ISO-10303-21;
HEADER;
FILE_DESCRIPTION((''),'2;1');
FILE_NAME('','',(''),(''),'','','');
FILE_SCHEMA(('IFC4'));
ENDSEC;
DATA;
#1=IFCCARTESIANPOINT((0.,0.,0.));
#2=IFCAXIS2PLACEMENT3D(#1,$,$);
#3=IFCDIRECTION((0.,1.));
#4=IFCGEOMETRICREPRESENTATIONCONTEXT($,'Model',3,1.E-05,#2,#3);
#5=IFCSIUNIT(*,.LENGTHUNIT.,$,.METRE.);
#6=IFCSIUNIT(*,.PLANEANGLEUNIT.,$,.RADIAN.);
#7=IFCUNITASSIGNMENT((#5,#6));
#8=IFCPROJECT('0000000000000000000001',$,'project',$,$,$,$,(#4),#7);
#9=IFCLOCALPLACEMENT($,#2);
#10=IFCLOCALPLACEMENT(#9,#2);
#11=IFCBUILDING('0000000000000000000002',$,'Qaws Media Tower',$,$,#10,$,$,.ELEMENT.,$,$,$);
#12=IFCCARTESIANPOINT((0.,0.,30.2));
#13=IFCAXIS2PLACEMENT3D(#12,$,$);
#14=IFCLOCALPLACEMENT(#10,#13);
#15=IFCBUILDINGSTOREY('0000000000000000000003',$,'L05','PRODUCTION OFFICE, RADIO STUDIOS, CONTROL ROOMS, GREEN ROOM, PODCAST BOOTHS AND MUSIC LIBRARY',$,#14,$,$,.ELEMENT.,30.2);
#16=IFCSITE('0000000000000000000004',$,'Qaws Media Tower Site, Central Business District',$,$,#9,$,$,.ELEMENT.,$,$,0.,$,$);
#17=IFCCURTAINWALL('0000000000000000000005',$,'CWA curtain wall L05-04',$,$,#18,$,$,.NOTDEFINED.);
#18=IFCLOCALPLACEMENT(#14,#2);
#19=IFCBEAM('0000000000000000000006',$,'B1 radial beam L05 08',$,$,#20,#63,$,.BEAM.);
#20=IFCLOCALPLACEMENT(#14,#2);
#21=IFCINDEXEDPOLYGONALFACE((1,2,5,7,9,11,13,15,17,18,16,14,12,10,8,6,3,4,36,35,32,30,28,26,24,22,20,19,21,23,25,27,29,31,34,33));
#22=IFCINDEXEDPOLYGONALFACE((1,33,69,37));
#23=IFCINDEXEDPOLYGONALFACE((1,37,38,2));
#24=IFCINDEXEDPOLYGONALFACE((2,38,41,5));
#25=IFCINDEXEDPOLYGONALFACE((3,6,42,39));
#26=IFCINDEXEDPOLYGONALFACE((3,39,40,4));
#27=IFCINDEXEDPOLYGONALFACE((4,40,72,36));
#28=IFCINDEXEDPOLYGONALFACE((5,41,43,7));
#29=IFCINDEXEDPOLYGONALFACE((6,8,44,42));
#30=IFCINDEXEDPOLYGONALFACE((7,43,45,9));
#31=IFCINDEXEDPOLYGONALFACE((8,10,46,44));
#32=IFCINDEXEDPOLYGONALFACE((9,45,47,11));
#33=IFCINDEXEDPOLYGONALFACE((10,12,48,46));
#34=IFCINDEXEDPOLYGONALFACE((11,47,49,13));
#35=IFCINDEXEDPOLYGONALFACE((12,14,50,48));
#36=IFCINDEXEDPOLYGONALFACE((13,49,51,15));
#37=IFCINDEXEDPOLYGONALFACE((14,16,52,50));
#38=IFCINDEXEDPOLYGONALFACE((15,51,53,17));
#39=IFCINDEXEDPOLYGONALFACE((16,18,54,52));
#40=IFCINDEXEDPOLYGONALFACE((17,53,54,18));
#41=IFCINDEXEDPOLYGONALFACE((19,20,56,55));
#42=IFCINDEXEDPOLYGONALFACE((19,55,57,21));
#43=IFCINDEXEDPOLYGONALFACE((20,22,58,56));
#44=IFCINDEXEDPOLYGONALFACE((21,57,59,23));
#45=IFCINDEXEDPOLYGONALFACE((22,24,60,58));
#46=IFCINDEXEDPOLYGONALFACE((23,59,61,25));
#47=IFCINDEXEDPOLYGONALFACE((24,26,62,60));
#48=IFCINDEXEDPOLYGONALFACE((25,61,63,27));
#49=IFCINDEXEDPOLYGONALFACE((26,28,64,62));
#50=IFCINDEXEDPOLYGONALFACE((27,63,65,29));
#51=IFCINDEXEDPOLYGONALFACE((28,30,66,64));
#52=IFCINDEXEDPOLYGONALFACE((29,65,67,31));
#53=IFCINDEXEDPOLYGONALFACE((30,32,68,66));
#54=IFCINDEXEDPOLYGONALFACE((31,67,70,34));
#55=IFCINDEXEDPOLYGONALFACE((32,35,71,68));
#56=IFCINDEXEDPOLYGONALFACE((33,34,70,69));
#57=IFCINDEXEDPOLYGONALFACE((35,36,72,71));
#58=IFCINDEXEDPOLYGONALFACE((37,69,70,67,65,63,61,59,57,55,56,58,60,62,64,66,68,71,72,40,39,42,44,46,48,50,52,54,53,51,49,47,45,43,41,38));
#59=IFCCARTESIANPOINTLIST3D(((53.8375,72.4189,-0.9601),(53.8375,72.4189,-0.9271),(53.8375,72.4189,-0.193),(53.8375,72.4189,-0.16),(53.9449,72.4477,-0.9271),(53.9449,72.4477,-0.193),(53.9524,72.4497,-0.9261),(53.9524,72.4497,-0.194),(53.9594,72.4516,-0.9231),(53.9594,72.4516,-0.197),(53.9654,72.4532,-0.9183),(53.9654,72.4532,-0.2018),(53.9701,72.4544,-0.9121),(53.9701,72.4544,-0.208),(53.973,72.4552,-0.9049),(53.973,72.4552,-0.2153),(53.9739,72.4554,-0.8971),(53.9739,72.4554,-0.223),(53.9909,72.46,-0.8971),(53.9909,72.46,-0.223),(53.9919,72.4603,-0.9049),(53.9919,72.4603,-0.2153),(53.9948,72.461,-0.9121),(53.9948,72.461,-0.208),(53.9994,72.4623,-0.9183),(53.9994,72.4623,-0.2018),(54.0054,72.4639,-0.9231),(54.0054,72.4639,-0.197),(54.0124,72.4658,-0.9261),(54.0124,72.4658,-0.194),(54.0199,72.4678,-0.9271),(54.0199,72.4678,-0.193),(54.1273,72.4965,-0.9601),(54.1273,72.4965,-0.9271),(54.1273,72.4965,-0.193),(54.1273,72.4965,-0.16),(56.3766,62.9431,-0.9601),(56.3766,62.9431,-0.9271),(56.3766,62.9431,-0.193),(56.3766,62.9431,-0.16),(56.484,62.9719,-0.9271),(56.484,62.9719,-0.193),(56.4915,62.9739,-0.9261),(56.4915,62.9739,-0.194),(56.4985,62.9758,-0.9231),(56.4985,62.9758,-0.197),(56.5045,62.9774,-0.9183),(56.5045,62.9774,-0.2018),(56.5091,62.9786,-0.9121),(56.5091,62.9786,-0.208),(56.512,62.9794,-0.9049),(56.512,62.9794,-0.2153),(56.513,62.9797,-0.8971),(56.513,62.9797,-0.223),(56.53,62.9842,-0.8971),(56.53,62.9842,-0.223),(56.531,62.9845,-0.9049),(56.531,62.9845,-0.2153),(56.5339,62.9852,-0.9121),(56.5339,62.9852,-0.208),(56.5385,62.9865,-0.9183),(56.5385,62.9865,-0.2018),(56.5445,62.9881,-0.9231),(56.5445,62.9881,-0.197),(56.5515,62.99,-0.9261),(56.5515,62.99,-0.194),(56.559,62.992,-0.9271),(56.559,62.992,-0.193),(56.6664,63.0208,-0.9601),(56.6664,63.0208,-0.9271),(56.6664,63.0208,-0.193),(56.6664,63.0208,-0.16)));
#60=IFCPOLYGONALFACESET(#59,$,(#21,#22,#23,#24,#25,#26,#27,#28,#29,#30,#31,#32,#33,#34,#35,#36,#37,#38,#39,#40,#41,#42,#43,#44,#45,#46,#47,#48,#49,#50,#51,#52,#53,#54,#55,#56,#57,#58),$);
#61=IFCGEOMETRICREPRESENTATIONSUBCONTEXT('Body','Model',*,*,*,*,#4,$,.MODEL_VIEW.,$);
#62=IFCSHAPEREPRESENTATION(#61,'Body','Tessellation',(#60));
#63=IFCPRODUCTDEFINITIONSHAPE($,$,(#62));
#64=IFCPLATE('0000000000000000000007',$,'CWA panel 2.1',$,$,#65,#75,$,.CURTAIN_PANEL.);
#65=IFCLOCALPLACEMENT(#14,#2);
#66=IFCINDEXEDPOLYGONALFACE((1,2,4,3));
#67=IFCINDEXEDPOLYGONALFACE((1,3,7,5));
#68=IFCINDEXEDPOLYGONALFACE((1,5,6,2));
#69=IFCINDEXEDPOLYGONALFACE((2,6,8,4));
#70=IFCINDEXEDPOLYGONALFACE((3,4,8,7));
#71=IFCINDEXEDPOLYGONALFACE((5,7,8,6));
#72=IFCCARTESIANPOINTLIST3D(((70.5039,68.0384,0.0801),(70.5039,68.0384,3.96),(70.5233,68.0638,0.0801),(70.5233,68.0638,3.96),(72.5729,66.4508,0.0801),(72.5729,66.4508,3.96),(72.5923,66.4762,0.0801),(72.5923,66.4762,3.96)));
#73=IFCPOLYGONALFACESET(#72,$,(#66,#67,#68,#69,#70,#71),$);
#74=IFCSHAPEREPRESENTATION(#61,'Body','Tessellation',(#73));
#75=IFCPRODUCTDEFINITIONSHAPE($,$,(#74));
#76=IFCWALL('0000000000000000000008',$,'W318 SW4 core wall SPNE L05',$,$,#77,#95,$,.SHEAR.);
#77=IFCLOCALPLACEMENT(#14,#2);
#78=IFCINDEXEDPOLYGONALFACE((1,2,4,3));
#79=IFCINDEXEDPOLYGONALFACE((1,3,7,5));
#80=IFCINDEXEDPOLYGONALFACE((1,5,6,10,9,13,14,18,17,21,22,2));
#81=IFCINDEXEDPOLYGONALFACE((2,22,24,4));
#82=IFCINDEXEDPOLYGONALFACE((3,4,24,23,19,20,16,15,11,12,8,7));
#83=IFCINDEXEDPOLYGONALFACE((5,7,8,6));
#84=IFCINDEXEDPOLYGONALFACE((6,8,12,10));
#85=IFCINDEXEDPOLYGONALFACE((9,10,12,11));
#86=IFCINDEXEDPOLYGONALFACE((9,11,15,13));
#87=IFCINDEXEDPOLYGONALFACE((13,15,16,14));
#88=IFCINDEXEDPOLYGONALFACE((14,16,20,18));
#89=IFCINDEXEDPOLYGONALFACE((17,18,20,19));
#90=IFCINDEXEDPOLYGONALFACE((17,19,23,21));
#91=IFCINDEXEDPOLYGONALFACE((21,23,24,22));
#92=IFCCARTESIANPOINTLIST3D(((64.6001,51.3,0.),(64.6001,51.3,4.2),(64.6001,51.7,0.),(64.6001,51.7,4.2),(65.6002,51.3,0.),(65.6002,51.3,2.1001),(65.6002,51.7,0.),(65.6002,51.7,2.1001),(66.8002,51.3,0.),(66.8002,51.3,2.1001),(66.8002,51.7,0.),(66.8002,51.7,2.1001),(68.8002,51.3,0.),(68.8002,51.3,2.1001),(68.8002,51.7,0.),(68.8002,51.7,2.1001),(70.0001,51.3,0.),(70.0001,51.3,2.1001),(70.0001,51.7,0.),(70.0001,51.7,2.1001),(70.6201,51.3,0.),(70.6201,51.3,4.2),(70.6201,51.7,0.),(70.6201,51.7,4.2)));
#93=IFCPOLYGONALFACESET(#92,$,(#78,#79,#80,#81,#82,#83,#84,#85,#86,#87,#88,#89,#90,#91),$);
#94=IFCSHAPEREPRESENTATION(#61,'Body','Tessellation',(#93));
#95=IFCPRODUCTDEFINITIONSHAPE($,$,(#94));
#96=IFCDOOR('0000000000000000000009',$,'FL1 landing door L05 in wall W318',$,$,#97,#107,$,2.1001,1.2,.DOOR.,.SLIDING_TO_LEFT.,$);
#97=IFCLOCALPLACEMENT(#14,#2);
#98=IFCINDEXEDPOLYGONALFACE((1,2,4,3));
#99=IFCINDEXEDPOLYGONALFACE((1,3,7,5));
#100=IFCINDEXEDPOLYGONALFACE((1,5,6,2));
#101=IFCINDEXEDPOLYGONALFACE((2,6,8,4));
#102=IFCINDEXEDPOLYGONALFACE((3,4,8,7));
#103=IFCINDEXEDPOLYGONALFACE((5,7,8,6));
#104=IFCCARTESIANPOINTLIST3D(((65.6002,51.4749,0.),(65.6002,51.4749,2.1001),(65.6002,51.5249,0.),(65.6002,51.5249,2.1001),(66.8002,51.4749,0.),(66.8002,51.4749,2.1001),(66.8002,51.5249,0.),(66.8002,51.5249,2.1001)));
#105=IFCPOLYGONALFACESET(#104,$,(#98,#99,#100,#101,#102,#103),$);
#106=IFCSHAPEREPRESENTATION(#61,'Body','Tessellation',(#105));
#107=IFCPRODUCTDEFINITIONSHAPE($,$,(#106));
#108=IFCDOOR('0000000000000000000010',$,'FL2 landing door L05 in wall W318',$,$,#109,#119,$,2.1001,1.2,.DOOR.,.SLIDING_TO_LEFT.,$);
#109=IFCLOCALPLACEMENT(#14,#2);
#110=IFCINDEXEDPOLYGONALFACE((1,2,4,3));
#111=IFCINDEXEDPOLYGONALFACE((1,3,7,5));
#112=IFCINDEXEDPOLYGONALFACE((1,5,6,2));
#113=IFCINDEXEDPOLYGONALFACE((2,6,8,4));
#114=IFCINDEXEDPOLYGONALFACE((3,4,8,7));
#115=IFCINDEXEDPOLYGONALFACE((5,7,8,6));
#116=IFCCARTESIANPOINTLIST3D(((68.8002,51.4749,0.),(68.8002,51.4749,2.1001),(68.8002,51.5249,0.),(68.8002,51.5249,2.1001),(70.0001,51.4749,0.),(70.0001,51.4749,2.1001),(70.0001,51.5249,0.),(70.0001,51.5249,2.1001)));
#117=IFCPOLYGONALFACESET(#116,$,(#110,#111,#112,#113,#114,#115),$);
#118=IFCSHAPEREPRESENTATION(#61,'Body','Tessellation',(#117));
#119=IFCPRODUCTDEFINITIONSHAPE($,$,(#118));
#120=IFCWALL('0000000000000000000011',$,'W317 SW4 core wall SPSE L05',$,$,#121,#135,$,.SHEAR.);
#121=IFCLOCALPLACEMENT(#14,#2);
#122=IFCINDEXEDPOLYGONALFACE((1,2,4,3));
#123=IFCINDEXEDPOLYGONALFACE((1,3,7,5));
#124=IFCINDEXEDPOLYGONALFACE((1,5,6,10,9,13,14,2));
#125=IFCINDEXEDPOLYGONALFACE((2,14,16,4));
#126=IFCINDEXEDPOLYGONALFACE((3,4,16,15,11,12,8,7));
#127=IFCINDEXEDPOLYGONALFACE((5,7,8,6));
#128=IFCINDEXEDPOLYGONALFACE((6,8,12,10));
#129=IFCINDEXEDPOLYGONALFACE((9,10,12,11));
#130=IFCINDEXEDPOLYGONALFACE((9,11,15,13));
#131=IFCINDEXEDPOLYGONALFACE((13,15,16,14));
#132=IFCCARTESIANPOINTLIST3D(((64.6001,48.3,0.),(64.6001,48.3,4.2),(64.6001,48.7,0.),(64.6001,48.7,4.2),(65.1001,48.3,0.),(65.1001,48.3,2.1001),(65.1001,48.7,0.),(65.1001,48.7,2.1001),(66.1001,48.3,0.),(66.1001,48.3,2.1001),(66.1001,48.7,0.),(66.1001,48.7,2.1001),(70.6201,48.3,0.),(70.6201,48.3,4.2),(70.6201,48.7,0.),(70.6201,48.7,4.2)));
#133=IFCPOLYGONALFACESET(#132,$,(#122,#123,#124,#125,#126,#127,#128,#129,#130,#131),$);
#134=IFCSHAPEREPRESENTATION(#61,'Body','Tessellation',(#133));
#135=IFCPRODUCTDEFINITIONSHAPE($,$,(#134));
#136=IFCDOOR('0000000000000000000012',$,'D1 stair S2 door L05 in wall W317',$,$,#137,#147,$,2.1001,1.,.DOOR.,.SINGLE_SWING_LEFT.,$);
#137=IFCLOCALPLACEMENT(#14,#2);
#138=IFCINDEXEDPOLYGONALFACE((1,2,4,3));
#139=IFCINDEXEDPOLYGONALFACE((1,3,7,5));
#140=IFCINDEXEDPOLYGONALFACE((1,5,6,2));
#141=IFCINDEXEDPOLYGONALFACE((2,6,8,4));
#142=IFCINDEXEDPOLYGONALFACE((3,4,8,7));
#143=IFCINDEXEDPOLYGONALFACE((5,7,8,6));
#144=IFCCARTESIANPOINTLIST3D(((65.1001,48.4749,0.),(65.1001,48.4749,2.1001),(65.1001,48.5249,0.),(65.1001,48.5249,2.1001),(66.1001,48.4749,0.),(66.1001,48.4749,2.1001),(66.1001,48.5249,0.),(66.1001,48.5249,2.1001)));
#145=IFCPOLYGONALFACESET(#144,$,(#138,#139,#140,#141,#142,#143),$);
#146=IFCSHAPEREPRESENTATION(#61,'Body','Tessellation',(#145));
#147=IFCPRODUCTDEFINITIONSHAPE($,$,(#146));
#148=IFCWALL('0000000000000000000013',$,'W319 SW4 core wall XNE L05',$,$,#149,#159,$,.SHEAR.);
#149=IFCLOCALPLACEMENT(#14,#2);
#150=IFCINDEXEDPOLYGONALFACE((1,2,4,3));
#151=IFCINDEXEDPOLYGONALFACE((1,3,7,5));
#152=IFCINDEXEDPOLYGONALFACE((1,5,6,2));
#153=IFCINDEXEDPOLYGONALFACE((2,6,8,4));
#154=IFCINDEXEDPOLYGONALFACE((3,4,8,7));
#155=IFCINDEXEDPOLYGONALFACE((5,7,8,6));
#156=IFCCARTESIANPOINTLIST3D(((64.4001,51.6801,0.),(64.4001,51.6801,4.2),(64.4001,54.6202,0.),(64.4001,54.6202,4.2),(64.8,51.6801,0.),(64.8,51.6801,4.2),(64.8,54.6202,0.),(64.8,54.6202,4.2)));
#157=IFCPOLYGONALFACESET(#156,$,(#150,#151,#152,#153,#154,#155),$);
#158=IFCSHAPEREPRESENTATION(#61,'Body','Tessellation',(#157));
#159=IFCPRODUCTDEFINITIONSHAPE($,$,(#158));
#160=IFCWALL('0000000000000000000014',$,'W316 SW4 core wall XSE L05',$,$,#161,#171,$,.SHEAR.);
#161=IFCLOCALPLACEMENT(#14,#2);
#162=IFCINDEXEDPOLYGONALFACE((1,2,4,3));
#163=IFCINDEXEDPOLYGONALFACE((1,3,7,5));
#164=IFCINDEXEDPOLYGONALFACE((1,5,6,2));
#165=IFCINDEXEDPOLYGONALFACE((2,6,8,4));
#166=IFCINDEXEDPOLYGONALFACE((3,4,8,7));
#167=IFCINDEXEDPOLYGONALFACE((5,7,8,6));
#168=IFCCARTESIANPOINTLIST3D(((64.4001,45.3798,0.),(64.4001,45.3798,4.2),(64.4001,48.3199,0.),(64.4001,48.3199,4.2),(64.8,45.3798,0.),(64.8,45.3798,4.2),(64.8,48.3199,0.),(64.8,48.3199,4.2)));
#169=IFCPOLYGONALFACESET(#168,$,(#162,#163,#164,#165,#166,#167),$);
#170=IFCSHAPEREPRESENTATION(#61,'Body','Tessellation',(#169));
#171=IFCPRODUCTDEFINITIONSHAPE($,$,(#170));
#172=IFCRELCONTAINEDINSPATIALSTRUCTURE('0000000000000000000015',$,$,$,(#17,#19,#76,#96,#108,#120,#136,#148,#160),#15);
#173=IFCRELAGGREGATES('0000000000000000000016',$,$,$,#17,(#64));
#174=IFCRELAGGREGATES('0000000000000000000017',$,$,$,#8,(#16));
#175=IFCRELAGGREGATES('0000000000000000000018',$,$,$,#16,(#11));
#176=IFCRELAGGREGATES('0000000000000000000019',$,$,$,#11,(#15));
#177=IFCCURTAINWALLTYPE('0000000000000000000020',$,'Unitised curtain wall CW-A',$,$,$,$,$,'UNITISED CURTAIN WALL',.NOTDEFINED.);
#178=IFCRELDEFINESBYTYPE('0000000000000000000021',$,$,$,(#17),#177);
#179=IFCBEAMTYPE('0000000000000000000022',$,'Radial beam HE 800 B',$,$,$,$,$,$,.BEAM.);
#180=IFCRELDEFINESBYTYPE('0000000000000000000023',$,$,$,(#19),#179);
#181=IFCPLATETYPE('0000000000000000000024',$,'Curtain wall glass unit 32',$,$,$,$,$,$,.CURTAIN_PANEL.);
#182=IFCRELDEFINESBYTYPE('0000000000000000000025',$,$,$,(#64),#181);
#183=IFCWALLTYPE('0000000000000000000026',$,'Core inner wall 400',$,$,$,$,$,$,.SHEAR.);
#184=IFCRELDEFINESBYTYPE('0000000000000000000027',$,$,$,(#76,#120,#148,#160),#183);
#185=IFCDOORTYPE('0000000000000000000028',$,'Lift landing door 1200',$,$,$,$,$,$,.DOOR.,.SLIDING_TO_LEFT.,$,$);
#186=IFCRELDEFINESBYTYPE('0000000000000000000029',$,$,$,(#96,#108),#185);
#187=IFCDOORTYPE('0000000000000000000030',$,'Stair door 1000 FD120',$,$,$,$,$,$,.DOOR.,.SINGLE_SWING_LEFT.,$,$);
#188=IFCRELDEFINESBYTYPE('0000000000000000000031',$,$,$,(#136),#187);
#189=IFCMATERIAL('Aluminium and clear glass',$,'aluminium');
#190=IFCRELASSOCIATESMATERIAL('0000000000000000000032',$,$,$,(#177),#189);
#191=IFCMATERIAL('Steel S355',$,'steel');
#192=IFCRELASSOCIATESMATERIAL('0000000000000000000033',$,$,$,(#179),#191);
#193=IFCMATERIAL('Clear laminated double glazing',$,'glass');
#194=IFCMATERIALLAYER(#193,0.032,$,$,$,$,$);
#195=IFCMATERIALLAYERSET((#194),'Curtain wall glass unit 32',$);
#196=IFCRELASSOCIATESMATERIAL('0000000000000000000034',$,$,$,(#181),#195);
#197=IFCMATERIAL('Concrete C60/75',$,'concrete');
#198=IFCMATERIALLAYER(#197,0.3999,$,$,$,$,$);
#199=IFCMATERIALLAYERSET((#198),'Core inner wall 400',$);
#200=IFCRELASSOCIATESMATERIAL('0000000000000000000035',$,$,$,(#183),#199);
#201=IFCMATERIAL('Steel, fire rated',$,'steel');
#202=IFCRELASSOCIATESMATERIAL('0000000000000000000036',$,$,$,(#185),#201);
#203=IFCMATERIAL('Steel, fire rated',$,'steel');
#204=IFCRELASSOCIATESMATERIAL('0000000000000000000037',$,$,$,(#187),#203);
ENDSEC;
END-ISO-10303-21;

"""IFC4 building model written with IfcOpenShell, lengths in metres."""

from ifc_helpers import new_model, si_unit, direction, frame, frame_2d, origin, origin_2d, place, context, subcontext, project, spatial, rectangle, i_section, extrude, material, layer, layer_set, material_profile, profile_set, type_object, element, fill, aggregate, save


model = new_model("IFC4")

# Units and contexts
model_context = context("Model", 3, precision=1e-05, world=origin(), true_north=direction((0.0, 1.0)))
body_context = subcontext(model_context, "Body", "Model", "MODEL_VIEW")
ifc_project = project(units=[si_unit("LENGTHUNIT", "METRE"), si_unit("PLANEANGLEUNIT", "RADIAN")], contexts=[model_context])

# Site, building, storey
site_placement = place(None, origin())
site = spatial("IfcSite", under=ifc_project, at=site_placement, Name="Qaws Media Tower Site, Central Business District", CompositionType="ELEMENT", RefElevation=0.0)
building_placement = place(site_placement, origin())
building = spatial("IfcBuilding", under=site, at=building_placement, Name="Qaws Media Tower", CompositionType="ELEMENT")
storey_placement = place(building_placement, frame((0.0, 0.0, 30.2)))
storey = spatial("IfcBuildingStorey", under=building, at=storey_placement, Name="L05", Description="PRODUCTION OFFICE, RADIO STUDIOS, CONTROL ROOMS, GREEN ROOM, PODCAST BOOTHS AND MUSIC LIBRARY", CompositionType="ELEMENT", Elevation=30.2)

# Curtain wall
ifc_material_1 = material(Name="Aluminium and clear glass", Category="aluminium")
curtain_wall_type = type_object("IfcCurtainWallType", Name="Unitised curtain wall CW-A", ElementType="UNITISED CURTAIN WALL", PredefinedType="NOTDEFINED", material=ifc_material_1)
curtain_wall_placement = place(storey_placement, origin())
curtain_wall = element("IfcCurtainWall", 1, at=curtain_wall_placement, inside=storey, type_object=curtain_wall_type, Name="CWA curtain wall L05-04", PredefinedType="NOTDEFINED")

# Beam
ifc_material_2 = material(Name="Steel S355", Category="steel")
ifc_material_profile_1 = material_profile(ifc_material_2, i_section(OverallWidth=0.3, OverallDepth=0.8, WebThickness=0.0176, FlangeThickness=0.033, FilletRadius=0.03, at=origin_2d()), Name="HE 800 B")
ifc_profile_set_1 = profile_set([ifc_material_profile_1], Name="Steel S355")
beam_type_1 = type_object("IfcBeamType", Name="Radial beam HE 800 B", PredefinedType="BEAM", material=ifc_profile_set_1)
beam_1_placement = place(storey_placement, frame((56.5215, 62.9819, -0.5601), z_axis=(-0.258821, 0.965925, 0.0), x_axis=(-0.965925, -0.258821, 0.0)))
element("IfcBeam", 2, at=beam_1_placement, inside=storey, type_object=beam_type_1, Name="B1 radial beam L05 08", PredefinedType="BEAM", context=body_context, shape_type="SweptSolid", body=[
    extrude(i_section(OverallWidth=0.3, OverallDepth=0.8, WebThickness=0.0176, FlangeThickness=0.033, FilletRadius=0.03, at=origin_2d()), origin(), (0.0, 0.0, 1.0), 9.8101),
])

# Plate
ifc_material_3 = material(Name="Clear laminated double glazing", Category="glass")
ifc_layer_1 = layer(ifc_material_3, 0.032)
ifc_layer_set_1 = layer_set([ifc_layer_1], Name="Curtain wall glass unit 32")
plate_type = type_object("IfcPlateType", Name="Curtain wall glass unit 32", PredefinedType="CURTAIN_PANEL", material=ifc_layer_set_1)
plate_placement = place(storey_placement, frame((71.5481, 67.2573, 0.0801), z_axis=(0.0, 0.0, 1.0), x_axis=(-0.793353, 0.608761, 0.0)))
plate = element("IfcPlate", 3, at=plate_placement, type_object=plate_type, Name="CWA panel 2.1", PredefinedType="CURTAIN_PANEL", context=body_context, shape_type="SweptSolid", body=[
    extrude(rectangle(XDim=2.6079, YDim=0.032, at=origin_2d()), origin(), (0.0, 0.0, 1.0), 3.8799),
])
aggregate(curtain_wall, [plate])

# Wall, openings, doors
ifc_material_4 = material(Name="Concrete C60/75", Category="concrete")
ifc_layer_2 = layer(ifc_material_4, 0.3999)
ifc_layer_set_2 = layer_set([ifc_layer_2], Name="Core inner wall 400")
wall_type_1 = type_object("IfcWallType", Name="Core inner wall 400", PredefinedType="SHEAR", material=ifc_layer_set_2)
wall_1_placement = place(storey_placement, frame((64.6001, 51.5, 0.0), z_axis=(0.0, 0.0, 1.0), x_axis=(1.0, 0.0, 0.0)))
wall_1 = element("IfcWall", 4, at=wall_1_placement, inside=storey, type_object=wall_type_1, Name="W318 SW4 core wall SPNE L05", PredefinedType="SHEAR", context=body_context, shape_type="SweptSolid", body=[
    extrude(rectangle(XDim=6.02, YDim=0.3999, at=frame_2d((3.01, 0.0))), origin(), (0.0, 0.0, 1.0), 4.2),
])
opening_1_placement = place(wall_1_placement, frame((1.0, 0.0, 0.0)))
opening_1 = element("IfcOpeningElement", 5, at=opening_1_placement, cuts=wall_1, PredefinedType="OPENING", context=body_context, shape_type="SweptSolid", body=[
    extrude(rectangle(XDim=1.2, YDim=2.1001, at=frame_2d((0.6001, 1.05))), frame((0.0, 0.21, 0.0), z_axis=(0.0, -1.0, 0.0), x_axis=(1.0, 0.0, 0.0)), (0.0, 0.0, 1.0), 0.4199),
])
opening_2_placement = place(wall_1_placement, frame((4.2, 0.0, 0.0)))
opening_2 = element("IfcOpeningElement", 6, at=opening_2_placement, cuts=wall_1, PredefinedType="OPENING", context=body_context, shape_type="SweptSolid", body=[
    extrude(rectangle(XDim=1.2, YDim=2.1001, at=frame_2d((0.6001, 1.05))), frame((0.0, 0.21, 0.0), z_axis=(0.0, -1.0, 0.0), x_axis=(1.0, 0.0, 0.0)), (0.0, 0.0, 1.0), 0.4199),
])
ifc_material_5 = material(Name="Steel, fire rated", Category="steel")
door_type_1 = type_object("IfcDoorType", Name="Lift landing door 1200", OperationType="SLIDING_TO_LEFT", PredefinedType="DOOR", material=ifc_material_5)
door_1_placement = place(opening_1_placement, origin())
door_1 = element("IfcDoor", 7, at=door_1_placement, inside=storey, type_object=door_type_1, Name="FL1 landing door L05 in wall W318", OperationType="SLIDING_TO_LEFT", OverallHeight=2.1001, OverallWidth=1.2, PredefinedType="DOOR", context=body_context, shape_type="SweptSolid", body=[
    extrude(rectangle(XDim=1.2, YDim=2.1001, at=frame_2d((0.6001, 1.05))), frame((0.0, 0.0249, 0.0), z_axis=(0.0, -1.0, 0.0), x_axis=(1.0, 0.0, 0.0)), (0.0, 0.0, 1.0), 0.05),
])
fill(opening_1, door_1)
door_2_placement = place(opening_2_placement, origin())
door_2 = element("IfcDoor", 8, at=door_2_placement, inside=storey, type_object=door_type_1, Name="FL2 landing door L05 in wall W318", OperationType="SLIDING_TO_LEFT", OverallHeight=2.1001, OverallWidth=1.2, PredefinedType="DOOR", context=body_context, shape_type="SweptSolid", body=[
    extrude(rectangle(XDim=1.2, YDim=2.1001, at=frame_2d((0.6001, 1.05))), frame((0.0, 0.0249, 0.0), z_axis=(0.0, -1.0, 0.0), x_axis=(1.0, 0.0, 0.0)), (0.0, 0.0, 1.0), 0.05),
])
fill(opening_2, door_2)

# Wall, opening, door
wall_2_placement = place(storey_placement, frame((64.6001, 48.5, 0.0), z_axis=(0.0, 0.0, 1.0), x_axis=(1.0, 0.0, 0.0)))
wall_2 = element("IfcWall", 9, at=wall_2_placement, inside=storey, type_object=wall_type_1, Name="W317 SW4 core wall SPSE L05", PredefinedType="SHEAR", context=body_context, shape_type="SweptSolid", body=[
    extrude(rectangle(XDim=6.02, YDim=0.3999, at=frame_2d((3.01, 0.0))), origin(), (0.0, 0.0, 1.0), 4.2),
])
opening_3_placement = place(wall_2_placement, frame((0.5, 0.0, 0.0)))
opening_3 = element("IfcOpeningElement", 10, at=opening_3_placement, cuts=wall_2, PredefinedType="OPENING", context=body_context, shape_type="SweptSolid", body=[
    extrude(rectangle(XDim=1.0, YDim=2.1001, at=frame_2d((0.5, 1.05))), frame((0.0, 0.21, 0.0), z_axis=(0.0, -1.0, 0.0), x_axis=(1.0, 0.0, 0.0)), (0.0, 0.0, 1.0), 0.4199),
])
ifc_material_6 = material(Name="Steel, fire rated", Category="steel")
door_type_2 = type_object("IfcDoorType", Name="Stair door 1000 FD120", OperationType="SINGLE_SWING_LEFT", PredefinedType="DOOR", material=ifc_material_6)
door_3_placement = place(opening_3_placement, origin())
door_3 = element("IfcDoor", 11, at=door_3_placement, inside=storey, type_object=door_type_2, Name="D1 stair S2 door L05 in wall W317", OperationType="SINGLE_SWING_LEFT", OverallHeight=2.1001, OverallWidth=1.0, PredefinedType="DOOR", context=body_context, shape_type="SweptSolid", body=[
    extrude(rectangle(XDim=1.0, YDim=2.1001, at=frame_2d((0.5, 1.05))), frame((0.0, 0.0249, 0.0), z_axis=(0.0, -1.0, 0.0), x_axis=(1.0, 0.0, 0.0)), (0.0, 0.0, 1.0), 0.05),
])
fill(opening_3, door_3)

# Walls
for number, where, z_axis, x_axis, name in (
    (12, (64.6001, 51.6799, 0.0), (0.0, 0.0, 1.0), (0.0, 1.0, 0.0), "W319 SW4 core wall XNE L05"),
    (13, (64.6001, 48.3201, 0.0), (0.0, 0.0, 1.0), (0.0, -1.0, 0.0), "W316 SW4 core wall XSE L05"),
):
    element("IfcWall", number, at=place(storey_placement, frame(where, z_axis=z_axis, x_axis=x_axis)), inside=storey, type_object=wall_type_1, Name=name, PredefinedType="SHEAR", context=body_context, shape_type="SweptSolid", body=[
        extrude(rectangle(XDim=2.9402, YDim=0.3999, at=frame_2d((1.4702, 0.0))), origin(), (0.0, 0.0, 1.0), 4.2),
    ])

save(model, "model.ifc")
